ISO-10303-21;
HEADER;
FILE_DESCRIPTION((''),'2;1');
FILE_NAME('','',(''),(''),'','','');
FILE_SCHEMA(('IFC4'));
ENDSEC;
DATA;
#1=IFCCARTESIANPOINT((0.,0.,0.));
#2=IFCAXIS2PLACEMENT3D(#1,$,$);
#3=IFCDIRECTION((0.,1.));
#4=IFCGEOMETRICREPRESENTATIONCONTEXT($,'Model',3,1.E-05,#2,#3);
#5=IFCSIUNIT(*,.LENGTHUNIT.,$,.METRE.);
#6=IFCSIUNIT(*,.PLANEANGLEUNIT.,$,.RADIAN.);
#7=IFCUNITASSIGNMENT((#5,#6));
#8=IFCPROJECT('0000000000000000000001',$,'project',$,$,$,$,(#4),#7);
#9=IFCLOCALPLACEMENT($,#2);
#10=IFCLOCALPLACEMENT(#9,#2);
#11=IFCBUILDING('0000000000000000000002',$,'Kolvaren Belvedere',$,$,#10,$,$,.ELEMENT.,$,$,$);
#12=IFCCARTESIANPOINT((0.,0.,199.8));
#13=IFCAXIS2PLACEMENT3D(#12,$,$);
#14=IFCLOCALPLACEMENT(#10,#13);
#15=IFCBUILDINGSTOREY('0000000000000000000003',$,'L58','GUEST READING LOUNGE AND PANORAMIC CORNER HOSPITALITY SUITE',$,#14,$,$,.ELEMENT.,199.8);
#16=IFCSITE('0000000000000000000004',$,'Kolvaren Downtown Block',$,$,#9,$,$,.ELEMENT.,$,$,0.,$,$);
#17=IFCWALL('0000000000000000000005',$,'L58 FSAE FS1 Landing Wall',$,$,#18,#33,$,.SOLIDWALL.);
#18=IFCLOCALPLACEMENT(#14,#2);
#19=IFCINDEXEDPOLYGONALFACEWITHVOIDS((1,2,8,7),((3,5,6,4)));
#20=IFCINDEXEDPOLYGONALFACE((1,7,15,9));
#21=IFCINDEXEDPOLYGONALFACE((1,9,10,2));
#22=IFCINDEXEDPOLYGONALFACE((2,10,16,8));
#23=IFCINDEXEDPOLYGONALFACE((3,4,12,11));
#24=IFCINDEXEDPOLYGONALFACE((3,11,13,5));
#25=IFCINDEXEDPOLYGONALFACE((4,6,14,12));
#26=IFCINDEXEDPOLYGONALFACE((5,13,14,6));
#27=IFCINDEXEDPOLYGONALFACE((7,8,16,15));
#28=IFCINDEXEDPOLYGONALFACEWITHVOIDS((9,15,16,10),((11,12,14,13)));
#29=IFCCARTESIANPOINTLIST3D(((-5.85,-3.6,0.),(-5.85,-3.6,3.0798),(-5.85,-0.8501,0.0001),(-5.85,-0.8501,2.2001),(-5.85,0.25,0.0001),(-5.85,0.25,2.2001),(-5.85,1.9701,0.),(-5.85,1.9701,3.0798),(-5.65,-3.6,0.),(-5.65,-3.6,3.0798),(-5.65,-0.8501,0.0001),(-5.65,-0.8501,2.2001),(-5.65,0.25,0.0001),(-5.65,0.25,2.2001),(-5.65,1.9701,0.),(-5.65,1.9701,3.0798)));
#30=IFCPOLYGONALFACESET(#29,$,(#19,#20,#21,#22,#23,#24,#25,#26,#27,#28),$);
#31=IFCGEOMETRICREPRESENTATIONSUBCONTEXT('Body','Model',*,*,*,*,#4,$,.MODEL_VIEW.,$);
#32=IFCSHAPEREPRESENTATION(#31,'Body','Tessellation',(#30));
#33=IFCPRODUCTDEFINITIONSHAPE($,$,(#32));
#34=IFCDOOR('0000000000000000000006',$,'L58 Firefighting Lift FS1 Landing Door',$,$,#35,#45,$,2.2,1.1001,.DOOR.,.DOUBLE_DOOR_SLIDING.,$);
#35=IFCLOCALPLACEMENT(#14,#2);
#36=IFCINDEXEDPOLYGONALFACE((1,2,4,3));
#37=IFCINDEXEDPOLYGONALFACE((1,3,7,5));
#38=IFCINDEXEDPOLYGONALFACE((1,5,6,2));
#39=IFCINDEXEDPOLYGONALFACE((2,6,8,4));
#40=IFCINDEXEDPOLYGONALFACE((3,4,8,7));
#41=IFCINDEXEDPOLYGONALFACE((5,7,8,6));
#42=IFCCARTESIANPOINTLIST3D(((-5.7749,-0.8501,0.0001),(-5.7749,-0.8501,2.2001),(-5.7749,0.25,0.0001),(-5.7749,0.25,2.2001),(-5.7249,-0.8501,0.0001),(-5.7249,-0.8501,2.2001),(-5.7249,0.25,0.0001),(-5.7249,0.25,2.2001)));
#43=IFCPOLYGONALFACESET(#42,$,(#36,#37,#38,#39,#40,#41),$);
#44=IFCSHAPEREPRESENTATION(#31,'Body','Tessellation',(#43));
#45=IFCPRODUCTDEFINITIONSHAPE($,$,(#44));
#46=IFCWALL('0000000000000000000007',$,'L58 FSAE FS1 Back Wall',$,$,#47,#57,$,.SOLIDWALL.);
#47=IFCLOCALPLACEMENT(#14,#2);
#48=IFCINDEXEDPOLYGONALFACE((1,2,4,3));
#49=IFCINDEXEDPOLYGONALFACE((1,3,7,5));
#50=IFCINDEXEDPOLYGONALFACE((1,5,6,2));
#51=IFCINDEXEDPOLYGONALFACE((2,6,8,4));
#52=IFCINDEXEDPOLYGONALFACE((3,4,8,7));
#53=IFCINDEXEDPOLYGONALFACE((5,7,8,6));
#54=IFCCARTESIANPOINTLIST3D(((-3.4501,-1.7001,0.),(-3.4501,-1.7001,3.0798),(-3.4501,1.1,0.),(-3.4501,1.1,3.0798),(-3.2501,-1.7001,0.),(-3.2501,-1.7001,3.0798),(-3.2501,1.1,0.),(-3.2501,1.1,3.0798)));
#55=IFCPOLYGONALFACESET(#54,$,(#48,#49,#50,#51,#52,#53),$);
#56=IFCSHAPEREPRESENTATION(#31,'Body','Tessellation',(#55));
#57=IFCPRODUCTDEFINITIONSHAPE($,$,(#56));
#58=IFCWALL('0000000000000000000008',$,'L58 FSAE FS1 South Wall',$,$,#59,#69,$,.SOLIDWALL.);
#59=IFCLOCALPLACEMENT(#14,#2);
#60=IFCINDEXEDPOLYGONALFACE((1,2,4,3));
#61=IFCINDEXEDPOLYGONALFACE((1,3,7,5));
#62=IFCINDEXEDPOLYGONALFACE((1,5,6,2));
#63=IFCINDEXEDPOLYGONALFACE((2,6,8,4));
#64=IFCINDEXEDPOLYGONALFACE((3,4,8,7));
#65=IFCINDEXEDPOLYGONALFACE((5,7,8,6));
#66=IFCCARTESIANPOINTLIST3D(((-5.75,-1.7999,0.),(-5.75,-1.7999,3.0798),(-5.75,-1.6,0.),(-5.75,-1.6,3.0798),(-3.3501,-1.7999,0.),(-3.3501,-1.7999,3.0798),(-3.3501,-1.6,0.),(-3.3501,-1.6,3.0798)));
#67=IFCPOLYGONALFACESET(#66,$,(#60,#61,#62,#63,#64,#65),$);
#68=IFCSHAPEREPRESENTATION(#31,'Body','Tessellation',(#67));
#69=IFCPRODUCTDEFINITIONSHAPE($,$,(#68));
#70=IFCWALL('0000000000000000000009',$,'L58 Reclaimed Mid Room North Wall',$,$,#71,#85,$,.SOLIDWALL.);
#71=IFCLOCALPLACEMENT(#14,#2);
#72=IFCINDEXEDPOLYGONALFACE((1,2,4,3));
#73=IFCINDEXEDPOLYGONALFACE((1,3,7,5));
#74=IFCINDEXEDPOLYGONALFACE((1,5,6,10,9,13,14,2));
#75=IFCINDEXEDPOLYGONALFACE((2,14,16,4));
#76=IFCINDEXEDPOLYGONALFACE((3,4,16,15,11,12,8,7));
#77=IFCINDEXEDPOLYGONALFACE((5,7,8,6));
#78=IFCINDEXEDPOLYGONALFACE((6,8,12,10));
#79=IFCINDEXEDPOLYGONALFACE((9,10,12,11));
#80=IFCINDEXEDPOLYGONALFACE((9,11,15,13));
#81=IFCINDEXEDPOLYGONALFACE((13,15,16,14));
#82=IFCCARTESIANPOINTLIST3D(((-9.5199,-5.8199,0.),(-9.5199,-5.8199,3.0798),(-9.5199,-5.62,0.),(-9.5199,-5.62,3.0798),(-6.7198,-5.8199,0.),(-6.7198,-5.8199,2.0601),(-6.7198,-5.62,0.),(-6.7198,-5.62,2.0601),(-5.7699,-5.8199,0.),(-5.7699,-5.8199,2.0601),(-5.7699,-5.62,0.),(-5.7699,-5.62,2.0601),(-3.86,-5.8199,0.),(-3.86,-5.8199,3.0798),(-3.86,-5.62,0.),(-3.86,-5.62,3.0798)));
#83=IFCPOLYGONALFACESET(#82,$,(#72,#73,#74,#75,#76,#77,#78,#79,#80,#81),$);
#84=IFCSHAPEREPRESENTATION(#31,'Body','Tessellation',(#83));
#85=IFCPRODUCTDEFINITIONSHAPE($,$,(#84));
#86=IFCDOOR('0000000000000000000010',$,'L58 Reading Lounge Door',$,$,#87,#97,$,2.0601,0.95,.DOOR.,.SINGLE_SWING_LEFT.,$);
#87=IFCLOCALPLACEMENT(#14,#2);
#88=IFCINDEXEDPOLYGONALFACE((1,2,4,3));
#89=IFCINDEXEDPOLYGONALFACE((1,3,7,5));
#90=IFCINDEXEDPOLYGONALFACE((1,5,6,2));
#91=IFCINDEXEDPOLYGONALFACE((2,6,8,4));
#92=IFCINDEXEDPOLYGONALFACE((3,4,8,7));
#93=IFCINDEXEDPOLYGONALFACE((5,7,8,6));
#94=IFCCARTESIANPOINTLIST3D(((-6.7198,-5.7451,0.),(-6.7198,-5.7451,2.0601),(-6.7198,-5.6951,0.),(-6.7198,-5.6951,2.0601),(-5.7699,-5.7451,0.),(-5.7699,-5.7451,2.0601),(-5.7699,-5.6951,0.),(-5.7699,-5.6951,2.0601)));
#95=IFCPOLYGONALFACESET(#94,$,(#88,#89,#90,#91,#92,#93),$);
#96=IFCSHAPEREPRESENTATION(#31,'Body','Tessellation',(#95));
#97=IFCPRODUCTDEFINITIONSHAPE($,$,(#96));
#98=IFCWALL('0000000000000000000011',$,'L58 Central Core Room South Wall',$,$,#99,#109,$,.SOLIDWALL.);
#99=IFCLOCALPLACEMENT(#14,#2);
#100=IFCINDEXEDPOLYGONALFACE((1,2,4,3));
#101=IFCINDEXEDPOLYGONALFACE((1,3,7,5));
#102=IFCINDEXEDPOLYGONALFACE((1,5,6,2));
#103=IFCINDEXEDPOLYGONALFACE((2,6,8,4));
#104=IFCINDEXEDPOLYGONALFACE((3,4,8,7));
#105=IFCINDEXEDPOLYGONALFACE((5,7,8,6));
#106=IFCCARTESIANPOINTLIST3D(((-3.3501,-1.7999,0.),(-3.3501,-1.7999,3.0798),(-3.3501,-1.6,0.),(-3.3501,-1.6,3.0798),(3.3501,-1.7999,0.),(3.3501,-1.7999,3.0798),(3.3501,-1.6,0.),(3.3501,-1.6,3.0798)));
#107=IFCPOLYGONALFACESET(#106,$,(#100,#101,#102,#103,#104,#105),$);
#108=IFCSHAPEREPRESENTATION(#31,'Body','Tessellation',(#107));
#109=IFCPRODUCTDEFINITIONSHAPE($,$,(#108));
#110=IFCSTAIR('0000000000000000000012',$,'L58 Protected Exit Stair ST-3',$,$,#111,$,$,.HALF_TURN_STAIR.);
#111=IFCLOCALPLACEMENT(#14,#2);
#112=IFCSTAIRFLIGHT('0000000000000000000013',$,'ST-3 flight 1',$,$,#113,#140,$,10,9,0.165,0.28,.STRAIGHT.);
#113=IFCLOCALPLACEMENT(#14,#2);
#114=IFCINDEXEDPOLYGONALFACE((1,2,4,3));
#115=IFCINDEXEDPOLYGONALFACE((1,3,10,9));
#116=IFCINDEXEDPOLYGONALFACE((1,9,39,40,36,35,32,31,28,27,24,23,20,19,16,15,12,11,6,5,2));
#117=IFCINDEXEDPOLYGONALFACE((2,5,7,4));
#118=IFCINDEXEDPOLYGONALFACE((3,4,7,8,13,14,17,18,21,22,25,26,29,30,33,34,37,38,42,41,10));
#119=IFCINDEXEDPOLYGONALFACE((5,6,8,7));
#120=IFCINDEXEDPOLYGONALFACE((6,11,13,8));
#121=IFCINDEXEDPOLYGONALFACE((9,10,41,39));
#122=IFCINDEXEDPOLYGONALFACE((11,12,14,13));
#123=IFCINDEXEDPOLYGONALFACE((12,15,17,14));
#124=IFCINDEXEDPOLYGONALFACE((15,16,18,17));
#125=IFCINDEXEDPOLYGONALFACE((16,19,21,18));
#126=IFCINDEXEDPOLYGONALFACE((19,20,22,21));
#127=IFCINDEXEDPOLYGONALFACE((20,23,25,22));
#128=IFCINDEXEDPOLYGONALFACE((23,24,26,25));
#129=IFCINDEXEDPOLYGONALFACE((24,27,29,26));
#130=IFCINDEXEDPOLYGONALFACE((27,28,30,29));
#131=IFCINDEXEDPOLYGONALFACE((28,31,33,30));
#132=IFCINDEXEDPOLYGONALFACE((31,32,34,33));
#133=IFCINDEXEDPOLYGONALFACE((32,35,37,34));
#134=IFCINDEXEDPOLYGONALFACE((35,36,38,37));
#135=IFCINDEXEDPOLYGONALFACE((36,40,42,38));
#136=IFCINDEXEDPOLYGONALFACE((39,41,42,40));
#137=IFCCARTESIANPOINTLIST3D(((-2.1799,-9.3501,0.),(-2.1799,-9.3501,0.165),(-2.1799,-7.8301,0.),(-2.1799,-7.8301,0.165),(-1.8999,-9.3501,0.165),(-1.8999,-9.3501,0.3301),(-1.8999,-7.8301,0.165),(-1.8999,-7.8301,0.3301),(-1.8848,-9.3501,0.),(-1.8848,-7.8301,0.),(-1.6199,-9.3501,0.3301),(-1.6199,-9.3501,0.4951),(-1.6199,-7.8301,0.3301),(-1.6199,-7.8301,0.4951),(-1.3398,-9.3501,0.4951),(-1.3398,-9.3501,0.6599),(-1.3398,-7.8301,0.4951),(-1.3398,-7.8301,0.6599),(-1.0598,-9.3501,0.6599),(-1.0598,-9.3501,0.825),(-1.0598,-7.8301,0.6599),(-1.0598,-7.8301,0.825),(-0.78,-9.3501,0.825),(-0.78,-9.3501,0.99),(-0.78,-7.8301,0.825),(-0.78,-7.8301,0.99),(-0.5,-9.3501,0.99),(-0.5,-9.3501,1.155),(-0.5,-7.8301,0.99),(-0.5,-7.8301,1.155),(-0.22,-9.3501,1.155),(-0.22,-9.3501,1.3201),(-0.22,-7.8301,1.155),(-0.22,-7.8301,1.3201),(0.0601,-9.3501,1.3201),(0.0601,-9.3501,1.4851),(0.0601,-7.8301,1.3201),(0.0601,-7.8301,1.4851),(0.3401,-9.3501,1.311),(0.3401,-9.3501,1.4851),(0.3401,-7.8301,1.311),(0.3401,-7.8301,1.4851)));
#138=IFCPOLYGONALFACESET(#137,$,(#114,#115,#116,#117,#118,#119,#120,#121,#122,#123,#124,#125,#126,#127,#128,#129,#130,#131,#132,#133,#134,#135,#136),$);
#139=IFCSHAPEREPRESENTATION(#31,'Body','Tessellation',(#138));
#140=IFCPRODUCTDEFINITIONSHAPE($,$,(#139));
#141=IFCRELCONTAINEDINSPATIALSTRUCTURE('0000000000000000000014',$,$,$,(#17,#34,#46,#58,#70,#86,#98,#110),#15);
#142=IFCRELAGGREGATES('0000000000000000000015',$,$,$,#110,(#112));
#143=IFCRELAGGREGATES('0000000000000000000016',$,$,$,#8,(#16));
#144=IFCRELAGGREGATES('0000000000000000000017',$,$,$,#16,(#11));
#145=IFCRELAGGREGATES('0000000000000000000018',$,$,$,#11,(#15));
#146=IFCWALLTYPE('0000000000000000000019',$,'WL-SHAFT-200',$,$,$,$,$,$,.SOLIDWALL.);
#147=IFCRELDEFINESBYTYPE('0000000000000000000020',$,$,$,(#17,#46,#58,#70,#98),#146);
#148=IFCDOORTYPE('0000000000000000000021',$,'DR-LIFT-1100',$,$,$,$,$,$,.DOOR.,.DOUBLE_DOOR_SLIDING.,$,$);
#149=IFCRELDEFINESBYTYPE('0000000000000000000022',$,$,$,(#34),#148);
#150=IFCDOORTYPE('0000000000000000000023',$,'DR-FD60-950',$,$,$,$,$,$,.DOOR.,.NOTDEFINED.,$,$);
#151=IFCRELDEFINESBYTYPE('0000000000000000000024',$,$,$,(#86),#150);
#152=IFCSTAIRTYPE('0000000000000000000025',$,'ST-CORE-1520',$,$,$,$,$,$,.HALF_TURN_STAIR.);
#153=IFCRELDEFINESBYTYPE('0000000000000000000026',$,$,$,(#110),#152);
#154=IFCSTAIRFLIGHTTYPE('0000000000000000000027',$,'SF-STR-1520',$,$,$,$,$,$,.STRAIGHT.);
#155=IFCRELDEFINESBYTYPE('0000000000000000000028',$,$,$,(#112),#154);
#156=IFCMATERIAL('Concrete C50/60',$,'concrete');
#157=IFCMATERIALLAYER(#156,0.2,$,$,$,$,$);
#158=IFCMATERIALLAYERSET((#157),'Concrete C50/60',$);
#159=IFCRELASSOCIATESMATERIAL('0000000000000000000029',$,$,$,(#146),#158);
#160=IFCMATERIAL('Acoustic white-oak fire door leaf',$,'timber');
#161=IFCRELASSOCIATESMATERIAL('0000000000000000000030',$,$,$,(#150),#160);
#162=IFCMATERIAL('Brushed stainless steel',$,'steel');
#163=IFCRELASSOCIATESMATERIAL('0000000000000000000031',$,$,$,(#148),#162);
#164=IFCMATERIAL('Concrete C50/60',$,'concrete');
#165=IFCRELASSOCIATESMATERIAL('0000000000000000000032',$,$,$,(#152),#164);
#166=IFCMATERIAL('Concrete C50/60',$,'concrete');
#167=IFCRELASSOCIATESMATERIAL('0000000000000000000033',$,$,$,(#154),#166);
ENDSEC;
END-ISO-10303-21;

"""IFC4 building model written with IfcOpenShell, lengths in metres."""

from ifc_helpers import new_model, si_unit, direction, frame, frame_2d, origin, place, context, subcontext, project, spatial, polyline, rectangle, outline, extrude, material, layer, layer_set, type_object, element, fill, aggregate, save


model = new_model("IFC4")

# Units and contexts
model_context = context("Model", 3, precision=1e-05, world=origin(), true_north=direction((0.0, 1.0)))
body_context = subcontext(model_context, "Body", "Model", "MODEL_VIEW")
ifc_project = project(units=[si_unit("LENGTHUNIT", "METRE"), si_unit("PLANEANGLEUNIT", "RADIAN")], contexts=[model_context])

# Site, building, storey
site_placement = place(None, origin())
site = spatial("IfcSite", under=ifc_project, at=site_placement, Name="Kolvaren Downtown Block", CompositionType="ELEMENT", RefElevation=0.0)
building_placement = place(site_placement, origin())
building = spatial("IfcBuilding", under=site, at=building_placement, Name="Kolvaren Belvedere", CompositionType="ELEMENT")
storey_placement = place(building_placement, frame((0.0, 0.0, 199.8)))
storey = spatial("IfcBuildingStorey", under=building, at=storey_placement, Name="L58", Description="GUEST READING LOUNGE AND PANORAMIC CORNER HOSPITALITY SUITE", CompositionType="ELEMENT", Elevation=199.8)

# Wall, opening, door
ifc_material_1 = material(Name="Concrete C50/60", Category="concrete")
ifc_layer_1 = layer(ifc_material_1, 0.2)
ifc_layer_set_1 = layer_set([ifc_layer_1], Name="Concrete C50/60")
wall_type_1 = type_object("IfcWallType", Name="WL-SHAFT-200", PredefinedType="SOLIDWALL", material=ifc_layer_set_1)
ifc_material_2 = material(Name="Acoustic white-oak fire door leaf", Category="timber")
door_type_1 = type_object("IfcDoorType", Name="DR-FD60-950", OperationType="NOTDEFINED", PredefinedType="DOOR", material=ifc_material_2)
wall_1_placement = place(storey_placement, frame((-5.75, -3.6001, 0.0), z_axis=(0.0, 0.0, 1.0), x_axis=(0.0, 1.0, 0.0)))
wall_1 = element("IfcWall", 1, at=wall_1_placement, inside=storey, type_object=wall_type_1, Name="L58 FSAE FS1 Landing Wall", PredefinedType="SOLIDWALL", context=body_context, shape_type="SweptSolid", body=[
    extrude(rectangle(XDim=5.5701, YDim=0.2, at=frame_2d((2.7852, 0.0))), origin(), (0.0, 0.0, 1.0), 3.0798),
])
opening_1_placement = place(wall_1_placement, frame((2.75, 0.0, 0.0)))
opening_1 = element("IfcOpeningElement", 2, at=opening_1_placement, cuts=wall_1, PredefinedType="OPENING", context=body_context, shape_type="SweptSolid", body=[
    extrude(rectangle(XDim=1.1001, YDim=2.2, at=frame_2d((0.55, 1.1001))), frame((0.0, 0.1099, 0.0), z_axis=(0.0, -1.0, 0.0), x_axis=(1.0, 0.0, 0.0)), (0.0, 0.0, 1.0), 0.22),
])
ifc_material_3 = material(Name="Brushed stainless steel", Category="steel")
door_type_2 = type_object("IfcDoorType", Name="DR-LIFT-1100", OperationType="DOUBLE_DOOR_SLIDING", PredefinedType="DOOR", material=ifc_material_3)
door_1_placement = place(opening_1_placement, origin())
door_1 = element("IfcDoor", 3, at=door_1_placement, inside=storey, type_object=door_type_2, Name="L58 Firefighting Lift FS1 Landing Door", OperationType="DOUBLE_DOOR_SLIDING", OverallHeight=2.2, OverallWidth=1.1001, PredefinedType="DOOR", context=body_context, shape_type="SweptSolid", body=[
    extrude(rectangle(XDim=1.1001, YDim=2.2, at=frame_2d((0.55, 1.1001))), frame((0.0, 0.0249, 0.0), z_axis=(0.0, -1.0, 0.0), x_axis=(1.0, 0.0, 0.0)), (0.0, 0.0, 1.0), 0.05),
])
fill(opening_1, door_1)

# Walls
wall_2_placement = place(storey_placement, frame((-3.3501, -1.7, 0.0), z_axis=(0.0, 0.0, 1.0), x_axis=(0.0, 1.0, 0.0)))
element("IfcWall", 4, at=wall_2_placement, inside=storey, type_object=wall_type_1, Name="L58 FSAE FS1 Back Wall", PredefinedType="SOLIDWALL", context=body_context, shape_type="SweptSolid", body=[
    extrude(rectangle(XDim=2.8, YDim=0.2, at=frame_2d((1.3999, 0.0))), origin(), (0.0, 0.0, 1.0), 3.0798),
])
wall_3_placement = place(storey_placement, frame((-5.75, -1.7, 0.0), z_axis=(0.0, 0.0, 1.0), x_axis=(1.0, 0.0, 0.0)))
element("IfcWall", 5, at=wall_3_placement, inside=storey, type_object=wall_type_1, Name="L58 FSAE FS1 South Wall", PredefinedType="SOLIDWALL", context=body_context, shape_type="SweptSolid", body=[
    extrude(rectangle(XDim=2.3999, YDim=0.2, at=frame_2d((1.2, 0.0))), origin(), (0.0, 0.0, 1.0), 3.0798),
])

# Wall, opening, door
wall_4_placement = place(storey_placement, frame((-9.52, -5.72, 0.0), z_axis=(0.0, 0.0, 1.0), x_axis=(1.0, 0.0, 0.0)))
wall_4 = element("IfcWall", 6, at=wall_4_placement, inside=storey, type_object=wall_type_1, Name="L58 Reclaimed Mid Room North Wall", PredefinedType="SOLIDWALL", context=body_context, shape_type="SweptSolid", body=[
    extrude(rectangle(XDim=5.6599, YDim=0.2, at=frame_2d((2.8301, 0.0))), origin(), (0.0, 0.0, 1.0), 3.0798),
])
opening_2_placement = place(wall_4_placement, frame((2.8, 0.0, 0.0)))
opening_2 = element("IfcOpeningElement", 7, at=opening_2_placement, cuts=wall_4, PredefinedType="OPENING", context=body_context, shape_type="SweptSolid", body=[
    extrude(rectangle(XDim=0.95, YDim=2.0601, at=frame_2d((0.4751, 1.03))), frame((0.0, 0.1099, 0.0), z_axis=(0.0, -1.0, 0.0), x_axis=(1.0, 0.0, 0.0)), (0.0, 0.0, 1.0), 0.22),
])
door_2_placement = place(opening_2_placement, origin())
door_2 = element("IfcDoor", 8, at=door_2_placement, inside=storey, type_object=door_type_1, Name="L58 Reading Lounge Door", OperationType="SINGLE_SWING_LEFT", OverallHeight=2.0601, OverallWidth=0.95, PredefinedType="DOOR", context=body_context, shape_type="SweptSolid", body=[
    extrude(rectangle(XDim=0.95, YDim=2.0601, at=frame_2d((0.4751, 1.03))), frame((0.0, 0.0249, 0.0), z_axis=(0.0, -1.0, 0.0), x_axis=(1.0, 0.0, 0.0)), (0.0, 0.0, 1.0), 0.05),
])
fill(opening_2, door_2)

# Wall
wall_5_placement = place(storey_placement, frame((-3.3501, -1.7, 0.0), z_axis=(0.0, 0.0, 1.0), x_axis=(1.0, 0.0, 0.0)))
element("IfcWall", 9, at=wall_5_placement, inside=storey, type_object=wall_type_1, Name="L58 Central Core Room South Wall", PredefinedType="SOLIDWALL", context=body_context, shape_type="SweptSolid", body=[
    extrude(rectangle(XDim=6.7002, YDim=0.2, at=frame_2d((3.3501, 0.0))), origin(), (0.0, 0.0, 1.0), 3.0798),
])

# Stair, stair flight
ifc_material_4 = material(Name="Concrete C50/60", Category="concrete")
stair_type = type_object("IfcStairType", Name="ST-CORE-1520", PredefinedType="HALF_TURN_STAIR", material=ifc_material_4)
stair_placement = place(storey_placement, origin())
stair = element("IfcStair", 10, at=stair_placement, inside=storey, type_object=stair_type, Name="L58 Protected Exit Stair ST-3", PredefinedType="HALF_TURN_STAIR")
ifc_material_5 = material(Name="Concrete C50/60", Category="concrete")
stair_flight_type = type_object("IfcStairFlightType", Name="SF-STR-1520", PredefinedType="STRAIGHT", material=ifc_material_5)
stair_flight_placement = place(storey_placement, frame((-2.1799, -8.5901, 0.0), z_axis=(0.0, 0.0, 1.0), x_axis=(1.0, 0.0, 0.0)))
stair_flight = element("IfcStairFlight", 11, at=stair_flight_placement, type_object=stair_flight_type, Name="ST-3 flight 1", NumberOfRisers=10, NumberOfTreads=9, PredefinedType="STRAIGHT", RiserHeight=0.165, TreadLength=0.28, context=body_context, shape_type="SweptSolid", body=[
    extrude(outline(polyline([(0.0, 0.0), (0.0, 0.165), (0.28, 0.165), (0.28, 0.3301), (0.5601, 0.3301), (0.5601, 0.4951), (0.8401, 0.4951), (0.8401, 0.6599), (1.1201, 0.6599), (1.1201, 0.825), (1.3999, 0.825), (1.3999, 0.99), (1.6799, 0.99), (1.6799, 1.155), (1.96, 1.155), (1.96, 1.3201), (2.24, 1.3201), (2.24, 1.4851), (2.52, 1.4851), (2.52, 1.6499), (2.52, 1.311), (0.2952, 0.0), (0.0, 0.0)])), frame((0.0, 0.76, 0.0), z_axis=(0.0, -1.0, 0.0), x_axis=(1.0, 0.0, 0.0)), (0.0, 0.0, 1.0), 1.52),
])
aggregate(stair, [stair_flight])

save(model, "model.ifc")
